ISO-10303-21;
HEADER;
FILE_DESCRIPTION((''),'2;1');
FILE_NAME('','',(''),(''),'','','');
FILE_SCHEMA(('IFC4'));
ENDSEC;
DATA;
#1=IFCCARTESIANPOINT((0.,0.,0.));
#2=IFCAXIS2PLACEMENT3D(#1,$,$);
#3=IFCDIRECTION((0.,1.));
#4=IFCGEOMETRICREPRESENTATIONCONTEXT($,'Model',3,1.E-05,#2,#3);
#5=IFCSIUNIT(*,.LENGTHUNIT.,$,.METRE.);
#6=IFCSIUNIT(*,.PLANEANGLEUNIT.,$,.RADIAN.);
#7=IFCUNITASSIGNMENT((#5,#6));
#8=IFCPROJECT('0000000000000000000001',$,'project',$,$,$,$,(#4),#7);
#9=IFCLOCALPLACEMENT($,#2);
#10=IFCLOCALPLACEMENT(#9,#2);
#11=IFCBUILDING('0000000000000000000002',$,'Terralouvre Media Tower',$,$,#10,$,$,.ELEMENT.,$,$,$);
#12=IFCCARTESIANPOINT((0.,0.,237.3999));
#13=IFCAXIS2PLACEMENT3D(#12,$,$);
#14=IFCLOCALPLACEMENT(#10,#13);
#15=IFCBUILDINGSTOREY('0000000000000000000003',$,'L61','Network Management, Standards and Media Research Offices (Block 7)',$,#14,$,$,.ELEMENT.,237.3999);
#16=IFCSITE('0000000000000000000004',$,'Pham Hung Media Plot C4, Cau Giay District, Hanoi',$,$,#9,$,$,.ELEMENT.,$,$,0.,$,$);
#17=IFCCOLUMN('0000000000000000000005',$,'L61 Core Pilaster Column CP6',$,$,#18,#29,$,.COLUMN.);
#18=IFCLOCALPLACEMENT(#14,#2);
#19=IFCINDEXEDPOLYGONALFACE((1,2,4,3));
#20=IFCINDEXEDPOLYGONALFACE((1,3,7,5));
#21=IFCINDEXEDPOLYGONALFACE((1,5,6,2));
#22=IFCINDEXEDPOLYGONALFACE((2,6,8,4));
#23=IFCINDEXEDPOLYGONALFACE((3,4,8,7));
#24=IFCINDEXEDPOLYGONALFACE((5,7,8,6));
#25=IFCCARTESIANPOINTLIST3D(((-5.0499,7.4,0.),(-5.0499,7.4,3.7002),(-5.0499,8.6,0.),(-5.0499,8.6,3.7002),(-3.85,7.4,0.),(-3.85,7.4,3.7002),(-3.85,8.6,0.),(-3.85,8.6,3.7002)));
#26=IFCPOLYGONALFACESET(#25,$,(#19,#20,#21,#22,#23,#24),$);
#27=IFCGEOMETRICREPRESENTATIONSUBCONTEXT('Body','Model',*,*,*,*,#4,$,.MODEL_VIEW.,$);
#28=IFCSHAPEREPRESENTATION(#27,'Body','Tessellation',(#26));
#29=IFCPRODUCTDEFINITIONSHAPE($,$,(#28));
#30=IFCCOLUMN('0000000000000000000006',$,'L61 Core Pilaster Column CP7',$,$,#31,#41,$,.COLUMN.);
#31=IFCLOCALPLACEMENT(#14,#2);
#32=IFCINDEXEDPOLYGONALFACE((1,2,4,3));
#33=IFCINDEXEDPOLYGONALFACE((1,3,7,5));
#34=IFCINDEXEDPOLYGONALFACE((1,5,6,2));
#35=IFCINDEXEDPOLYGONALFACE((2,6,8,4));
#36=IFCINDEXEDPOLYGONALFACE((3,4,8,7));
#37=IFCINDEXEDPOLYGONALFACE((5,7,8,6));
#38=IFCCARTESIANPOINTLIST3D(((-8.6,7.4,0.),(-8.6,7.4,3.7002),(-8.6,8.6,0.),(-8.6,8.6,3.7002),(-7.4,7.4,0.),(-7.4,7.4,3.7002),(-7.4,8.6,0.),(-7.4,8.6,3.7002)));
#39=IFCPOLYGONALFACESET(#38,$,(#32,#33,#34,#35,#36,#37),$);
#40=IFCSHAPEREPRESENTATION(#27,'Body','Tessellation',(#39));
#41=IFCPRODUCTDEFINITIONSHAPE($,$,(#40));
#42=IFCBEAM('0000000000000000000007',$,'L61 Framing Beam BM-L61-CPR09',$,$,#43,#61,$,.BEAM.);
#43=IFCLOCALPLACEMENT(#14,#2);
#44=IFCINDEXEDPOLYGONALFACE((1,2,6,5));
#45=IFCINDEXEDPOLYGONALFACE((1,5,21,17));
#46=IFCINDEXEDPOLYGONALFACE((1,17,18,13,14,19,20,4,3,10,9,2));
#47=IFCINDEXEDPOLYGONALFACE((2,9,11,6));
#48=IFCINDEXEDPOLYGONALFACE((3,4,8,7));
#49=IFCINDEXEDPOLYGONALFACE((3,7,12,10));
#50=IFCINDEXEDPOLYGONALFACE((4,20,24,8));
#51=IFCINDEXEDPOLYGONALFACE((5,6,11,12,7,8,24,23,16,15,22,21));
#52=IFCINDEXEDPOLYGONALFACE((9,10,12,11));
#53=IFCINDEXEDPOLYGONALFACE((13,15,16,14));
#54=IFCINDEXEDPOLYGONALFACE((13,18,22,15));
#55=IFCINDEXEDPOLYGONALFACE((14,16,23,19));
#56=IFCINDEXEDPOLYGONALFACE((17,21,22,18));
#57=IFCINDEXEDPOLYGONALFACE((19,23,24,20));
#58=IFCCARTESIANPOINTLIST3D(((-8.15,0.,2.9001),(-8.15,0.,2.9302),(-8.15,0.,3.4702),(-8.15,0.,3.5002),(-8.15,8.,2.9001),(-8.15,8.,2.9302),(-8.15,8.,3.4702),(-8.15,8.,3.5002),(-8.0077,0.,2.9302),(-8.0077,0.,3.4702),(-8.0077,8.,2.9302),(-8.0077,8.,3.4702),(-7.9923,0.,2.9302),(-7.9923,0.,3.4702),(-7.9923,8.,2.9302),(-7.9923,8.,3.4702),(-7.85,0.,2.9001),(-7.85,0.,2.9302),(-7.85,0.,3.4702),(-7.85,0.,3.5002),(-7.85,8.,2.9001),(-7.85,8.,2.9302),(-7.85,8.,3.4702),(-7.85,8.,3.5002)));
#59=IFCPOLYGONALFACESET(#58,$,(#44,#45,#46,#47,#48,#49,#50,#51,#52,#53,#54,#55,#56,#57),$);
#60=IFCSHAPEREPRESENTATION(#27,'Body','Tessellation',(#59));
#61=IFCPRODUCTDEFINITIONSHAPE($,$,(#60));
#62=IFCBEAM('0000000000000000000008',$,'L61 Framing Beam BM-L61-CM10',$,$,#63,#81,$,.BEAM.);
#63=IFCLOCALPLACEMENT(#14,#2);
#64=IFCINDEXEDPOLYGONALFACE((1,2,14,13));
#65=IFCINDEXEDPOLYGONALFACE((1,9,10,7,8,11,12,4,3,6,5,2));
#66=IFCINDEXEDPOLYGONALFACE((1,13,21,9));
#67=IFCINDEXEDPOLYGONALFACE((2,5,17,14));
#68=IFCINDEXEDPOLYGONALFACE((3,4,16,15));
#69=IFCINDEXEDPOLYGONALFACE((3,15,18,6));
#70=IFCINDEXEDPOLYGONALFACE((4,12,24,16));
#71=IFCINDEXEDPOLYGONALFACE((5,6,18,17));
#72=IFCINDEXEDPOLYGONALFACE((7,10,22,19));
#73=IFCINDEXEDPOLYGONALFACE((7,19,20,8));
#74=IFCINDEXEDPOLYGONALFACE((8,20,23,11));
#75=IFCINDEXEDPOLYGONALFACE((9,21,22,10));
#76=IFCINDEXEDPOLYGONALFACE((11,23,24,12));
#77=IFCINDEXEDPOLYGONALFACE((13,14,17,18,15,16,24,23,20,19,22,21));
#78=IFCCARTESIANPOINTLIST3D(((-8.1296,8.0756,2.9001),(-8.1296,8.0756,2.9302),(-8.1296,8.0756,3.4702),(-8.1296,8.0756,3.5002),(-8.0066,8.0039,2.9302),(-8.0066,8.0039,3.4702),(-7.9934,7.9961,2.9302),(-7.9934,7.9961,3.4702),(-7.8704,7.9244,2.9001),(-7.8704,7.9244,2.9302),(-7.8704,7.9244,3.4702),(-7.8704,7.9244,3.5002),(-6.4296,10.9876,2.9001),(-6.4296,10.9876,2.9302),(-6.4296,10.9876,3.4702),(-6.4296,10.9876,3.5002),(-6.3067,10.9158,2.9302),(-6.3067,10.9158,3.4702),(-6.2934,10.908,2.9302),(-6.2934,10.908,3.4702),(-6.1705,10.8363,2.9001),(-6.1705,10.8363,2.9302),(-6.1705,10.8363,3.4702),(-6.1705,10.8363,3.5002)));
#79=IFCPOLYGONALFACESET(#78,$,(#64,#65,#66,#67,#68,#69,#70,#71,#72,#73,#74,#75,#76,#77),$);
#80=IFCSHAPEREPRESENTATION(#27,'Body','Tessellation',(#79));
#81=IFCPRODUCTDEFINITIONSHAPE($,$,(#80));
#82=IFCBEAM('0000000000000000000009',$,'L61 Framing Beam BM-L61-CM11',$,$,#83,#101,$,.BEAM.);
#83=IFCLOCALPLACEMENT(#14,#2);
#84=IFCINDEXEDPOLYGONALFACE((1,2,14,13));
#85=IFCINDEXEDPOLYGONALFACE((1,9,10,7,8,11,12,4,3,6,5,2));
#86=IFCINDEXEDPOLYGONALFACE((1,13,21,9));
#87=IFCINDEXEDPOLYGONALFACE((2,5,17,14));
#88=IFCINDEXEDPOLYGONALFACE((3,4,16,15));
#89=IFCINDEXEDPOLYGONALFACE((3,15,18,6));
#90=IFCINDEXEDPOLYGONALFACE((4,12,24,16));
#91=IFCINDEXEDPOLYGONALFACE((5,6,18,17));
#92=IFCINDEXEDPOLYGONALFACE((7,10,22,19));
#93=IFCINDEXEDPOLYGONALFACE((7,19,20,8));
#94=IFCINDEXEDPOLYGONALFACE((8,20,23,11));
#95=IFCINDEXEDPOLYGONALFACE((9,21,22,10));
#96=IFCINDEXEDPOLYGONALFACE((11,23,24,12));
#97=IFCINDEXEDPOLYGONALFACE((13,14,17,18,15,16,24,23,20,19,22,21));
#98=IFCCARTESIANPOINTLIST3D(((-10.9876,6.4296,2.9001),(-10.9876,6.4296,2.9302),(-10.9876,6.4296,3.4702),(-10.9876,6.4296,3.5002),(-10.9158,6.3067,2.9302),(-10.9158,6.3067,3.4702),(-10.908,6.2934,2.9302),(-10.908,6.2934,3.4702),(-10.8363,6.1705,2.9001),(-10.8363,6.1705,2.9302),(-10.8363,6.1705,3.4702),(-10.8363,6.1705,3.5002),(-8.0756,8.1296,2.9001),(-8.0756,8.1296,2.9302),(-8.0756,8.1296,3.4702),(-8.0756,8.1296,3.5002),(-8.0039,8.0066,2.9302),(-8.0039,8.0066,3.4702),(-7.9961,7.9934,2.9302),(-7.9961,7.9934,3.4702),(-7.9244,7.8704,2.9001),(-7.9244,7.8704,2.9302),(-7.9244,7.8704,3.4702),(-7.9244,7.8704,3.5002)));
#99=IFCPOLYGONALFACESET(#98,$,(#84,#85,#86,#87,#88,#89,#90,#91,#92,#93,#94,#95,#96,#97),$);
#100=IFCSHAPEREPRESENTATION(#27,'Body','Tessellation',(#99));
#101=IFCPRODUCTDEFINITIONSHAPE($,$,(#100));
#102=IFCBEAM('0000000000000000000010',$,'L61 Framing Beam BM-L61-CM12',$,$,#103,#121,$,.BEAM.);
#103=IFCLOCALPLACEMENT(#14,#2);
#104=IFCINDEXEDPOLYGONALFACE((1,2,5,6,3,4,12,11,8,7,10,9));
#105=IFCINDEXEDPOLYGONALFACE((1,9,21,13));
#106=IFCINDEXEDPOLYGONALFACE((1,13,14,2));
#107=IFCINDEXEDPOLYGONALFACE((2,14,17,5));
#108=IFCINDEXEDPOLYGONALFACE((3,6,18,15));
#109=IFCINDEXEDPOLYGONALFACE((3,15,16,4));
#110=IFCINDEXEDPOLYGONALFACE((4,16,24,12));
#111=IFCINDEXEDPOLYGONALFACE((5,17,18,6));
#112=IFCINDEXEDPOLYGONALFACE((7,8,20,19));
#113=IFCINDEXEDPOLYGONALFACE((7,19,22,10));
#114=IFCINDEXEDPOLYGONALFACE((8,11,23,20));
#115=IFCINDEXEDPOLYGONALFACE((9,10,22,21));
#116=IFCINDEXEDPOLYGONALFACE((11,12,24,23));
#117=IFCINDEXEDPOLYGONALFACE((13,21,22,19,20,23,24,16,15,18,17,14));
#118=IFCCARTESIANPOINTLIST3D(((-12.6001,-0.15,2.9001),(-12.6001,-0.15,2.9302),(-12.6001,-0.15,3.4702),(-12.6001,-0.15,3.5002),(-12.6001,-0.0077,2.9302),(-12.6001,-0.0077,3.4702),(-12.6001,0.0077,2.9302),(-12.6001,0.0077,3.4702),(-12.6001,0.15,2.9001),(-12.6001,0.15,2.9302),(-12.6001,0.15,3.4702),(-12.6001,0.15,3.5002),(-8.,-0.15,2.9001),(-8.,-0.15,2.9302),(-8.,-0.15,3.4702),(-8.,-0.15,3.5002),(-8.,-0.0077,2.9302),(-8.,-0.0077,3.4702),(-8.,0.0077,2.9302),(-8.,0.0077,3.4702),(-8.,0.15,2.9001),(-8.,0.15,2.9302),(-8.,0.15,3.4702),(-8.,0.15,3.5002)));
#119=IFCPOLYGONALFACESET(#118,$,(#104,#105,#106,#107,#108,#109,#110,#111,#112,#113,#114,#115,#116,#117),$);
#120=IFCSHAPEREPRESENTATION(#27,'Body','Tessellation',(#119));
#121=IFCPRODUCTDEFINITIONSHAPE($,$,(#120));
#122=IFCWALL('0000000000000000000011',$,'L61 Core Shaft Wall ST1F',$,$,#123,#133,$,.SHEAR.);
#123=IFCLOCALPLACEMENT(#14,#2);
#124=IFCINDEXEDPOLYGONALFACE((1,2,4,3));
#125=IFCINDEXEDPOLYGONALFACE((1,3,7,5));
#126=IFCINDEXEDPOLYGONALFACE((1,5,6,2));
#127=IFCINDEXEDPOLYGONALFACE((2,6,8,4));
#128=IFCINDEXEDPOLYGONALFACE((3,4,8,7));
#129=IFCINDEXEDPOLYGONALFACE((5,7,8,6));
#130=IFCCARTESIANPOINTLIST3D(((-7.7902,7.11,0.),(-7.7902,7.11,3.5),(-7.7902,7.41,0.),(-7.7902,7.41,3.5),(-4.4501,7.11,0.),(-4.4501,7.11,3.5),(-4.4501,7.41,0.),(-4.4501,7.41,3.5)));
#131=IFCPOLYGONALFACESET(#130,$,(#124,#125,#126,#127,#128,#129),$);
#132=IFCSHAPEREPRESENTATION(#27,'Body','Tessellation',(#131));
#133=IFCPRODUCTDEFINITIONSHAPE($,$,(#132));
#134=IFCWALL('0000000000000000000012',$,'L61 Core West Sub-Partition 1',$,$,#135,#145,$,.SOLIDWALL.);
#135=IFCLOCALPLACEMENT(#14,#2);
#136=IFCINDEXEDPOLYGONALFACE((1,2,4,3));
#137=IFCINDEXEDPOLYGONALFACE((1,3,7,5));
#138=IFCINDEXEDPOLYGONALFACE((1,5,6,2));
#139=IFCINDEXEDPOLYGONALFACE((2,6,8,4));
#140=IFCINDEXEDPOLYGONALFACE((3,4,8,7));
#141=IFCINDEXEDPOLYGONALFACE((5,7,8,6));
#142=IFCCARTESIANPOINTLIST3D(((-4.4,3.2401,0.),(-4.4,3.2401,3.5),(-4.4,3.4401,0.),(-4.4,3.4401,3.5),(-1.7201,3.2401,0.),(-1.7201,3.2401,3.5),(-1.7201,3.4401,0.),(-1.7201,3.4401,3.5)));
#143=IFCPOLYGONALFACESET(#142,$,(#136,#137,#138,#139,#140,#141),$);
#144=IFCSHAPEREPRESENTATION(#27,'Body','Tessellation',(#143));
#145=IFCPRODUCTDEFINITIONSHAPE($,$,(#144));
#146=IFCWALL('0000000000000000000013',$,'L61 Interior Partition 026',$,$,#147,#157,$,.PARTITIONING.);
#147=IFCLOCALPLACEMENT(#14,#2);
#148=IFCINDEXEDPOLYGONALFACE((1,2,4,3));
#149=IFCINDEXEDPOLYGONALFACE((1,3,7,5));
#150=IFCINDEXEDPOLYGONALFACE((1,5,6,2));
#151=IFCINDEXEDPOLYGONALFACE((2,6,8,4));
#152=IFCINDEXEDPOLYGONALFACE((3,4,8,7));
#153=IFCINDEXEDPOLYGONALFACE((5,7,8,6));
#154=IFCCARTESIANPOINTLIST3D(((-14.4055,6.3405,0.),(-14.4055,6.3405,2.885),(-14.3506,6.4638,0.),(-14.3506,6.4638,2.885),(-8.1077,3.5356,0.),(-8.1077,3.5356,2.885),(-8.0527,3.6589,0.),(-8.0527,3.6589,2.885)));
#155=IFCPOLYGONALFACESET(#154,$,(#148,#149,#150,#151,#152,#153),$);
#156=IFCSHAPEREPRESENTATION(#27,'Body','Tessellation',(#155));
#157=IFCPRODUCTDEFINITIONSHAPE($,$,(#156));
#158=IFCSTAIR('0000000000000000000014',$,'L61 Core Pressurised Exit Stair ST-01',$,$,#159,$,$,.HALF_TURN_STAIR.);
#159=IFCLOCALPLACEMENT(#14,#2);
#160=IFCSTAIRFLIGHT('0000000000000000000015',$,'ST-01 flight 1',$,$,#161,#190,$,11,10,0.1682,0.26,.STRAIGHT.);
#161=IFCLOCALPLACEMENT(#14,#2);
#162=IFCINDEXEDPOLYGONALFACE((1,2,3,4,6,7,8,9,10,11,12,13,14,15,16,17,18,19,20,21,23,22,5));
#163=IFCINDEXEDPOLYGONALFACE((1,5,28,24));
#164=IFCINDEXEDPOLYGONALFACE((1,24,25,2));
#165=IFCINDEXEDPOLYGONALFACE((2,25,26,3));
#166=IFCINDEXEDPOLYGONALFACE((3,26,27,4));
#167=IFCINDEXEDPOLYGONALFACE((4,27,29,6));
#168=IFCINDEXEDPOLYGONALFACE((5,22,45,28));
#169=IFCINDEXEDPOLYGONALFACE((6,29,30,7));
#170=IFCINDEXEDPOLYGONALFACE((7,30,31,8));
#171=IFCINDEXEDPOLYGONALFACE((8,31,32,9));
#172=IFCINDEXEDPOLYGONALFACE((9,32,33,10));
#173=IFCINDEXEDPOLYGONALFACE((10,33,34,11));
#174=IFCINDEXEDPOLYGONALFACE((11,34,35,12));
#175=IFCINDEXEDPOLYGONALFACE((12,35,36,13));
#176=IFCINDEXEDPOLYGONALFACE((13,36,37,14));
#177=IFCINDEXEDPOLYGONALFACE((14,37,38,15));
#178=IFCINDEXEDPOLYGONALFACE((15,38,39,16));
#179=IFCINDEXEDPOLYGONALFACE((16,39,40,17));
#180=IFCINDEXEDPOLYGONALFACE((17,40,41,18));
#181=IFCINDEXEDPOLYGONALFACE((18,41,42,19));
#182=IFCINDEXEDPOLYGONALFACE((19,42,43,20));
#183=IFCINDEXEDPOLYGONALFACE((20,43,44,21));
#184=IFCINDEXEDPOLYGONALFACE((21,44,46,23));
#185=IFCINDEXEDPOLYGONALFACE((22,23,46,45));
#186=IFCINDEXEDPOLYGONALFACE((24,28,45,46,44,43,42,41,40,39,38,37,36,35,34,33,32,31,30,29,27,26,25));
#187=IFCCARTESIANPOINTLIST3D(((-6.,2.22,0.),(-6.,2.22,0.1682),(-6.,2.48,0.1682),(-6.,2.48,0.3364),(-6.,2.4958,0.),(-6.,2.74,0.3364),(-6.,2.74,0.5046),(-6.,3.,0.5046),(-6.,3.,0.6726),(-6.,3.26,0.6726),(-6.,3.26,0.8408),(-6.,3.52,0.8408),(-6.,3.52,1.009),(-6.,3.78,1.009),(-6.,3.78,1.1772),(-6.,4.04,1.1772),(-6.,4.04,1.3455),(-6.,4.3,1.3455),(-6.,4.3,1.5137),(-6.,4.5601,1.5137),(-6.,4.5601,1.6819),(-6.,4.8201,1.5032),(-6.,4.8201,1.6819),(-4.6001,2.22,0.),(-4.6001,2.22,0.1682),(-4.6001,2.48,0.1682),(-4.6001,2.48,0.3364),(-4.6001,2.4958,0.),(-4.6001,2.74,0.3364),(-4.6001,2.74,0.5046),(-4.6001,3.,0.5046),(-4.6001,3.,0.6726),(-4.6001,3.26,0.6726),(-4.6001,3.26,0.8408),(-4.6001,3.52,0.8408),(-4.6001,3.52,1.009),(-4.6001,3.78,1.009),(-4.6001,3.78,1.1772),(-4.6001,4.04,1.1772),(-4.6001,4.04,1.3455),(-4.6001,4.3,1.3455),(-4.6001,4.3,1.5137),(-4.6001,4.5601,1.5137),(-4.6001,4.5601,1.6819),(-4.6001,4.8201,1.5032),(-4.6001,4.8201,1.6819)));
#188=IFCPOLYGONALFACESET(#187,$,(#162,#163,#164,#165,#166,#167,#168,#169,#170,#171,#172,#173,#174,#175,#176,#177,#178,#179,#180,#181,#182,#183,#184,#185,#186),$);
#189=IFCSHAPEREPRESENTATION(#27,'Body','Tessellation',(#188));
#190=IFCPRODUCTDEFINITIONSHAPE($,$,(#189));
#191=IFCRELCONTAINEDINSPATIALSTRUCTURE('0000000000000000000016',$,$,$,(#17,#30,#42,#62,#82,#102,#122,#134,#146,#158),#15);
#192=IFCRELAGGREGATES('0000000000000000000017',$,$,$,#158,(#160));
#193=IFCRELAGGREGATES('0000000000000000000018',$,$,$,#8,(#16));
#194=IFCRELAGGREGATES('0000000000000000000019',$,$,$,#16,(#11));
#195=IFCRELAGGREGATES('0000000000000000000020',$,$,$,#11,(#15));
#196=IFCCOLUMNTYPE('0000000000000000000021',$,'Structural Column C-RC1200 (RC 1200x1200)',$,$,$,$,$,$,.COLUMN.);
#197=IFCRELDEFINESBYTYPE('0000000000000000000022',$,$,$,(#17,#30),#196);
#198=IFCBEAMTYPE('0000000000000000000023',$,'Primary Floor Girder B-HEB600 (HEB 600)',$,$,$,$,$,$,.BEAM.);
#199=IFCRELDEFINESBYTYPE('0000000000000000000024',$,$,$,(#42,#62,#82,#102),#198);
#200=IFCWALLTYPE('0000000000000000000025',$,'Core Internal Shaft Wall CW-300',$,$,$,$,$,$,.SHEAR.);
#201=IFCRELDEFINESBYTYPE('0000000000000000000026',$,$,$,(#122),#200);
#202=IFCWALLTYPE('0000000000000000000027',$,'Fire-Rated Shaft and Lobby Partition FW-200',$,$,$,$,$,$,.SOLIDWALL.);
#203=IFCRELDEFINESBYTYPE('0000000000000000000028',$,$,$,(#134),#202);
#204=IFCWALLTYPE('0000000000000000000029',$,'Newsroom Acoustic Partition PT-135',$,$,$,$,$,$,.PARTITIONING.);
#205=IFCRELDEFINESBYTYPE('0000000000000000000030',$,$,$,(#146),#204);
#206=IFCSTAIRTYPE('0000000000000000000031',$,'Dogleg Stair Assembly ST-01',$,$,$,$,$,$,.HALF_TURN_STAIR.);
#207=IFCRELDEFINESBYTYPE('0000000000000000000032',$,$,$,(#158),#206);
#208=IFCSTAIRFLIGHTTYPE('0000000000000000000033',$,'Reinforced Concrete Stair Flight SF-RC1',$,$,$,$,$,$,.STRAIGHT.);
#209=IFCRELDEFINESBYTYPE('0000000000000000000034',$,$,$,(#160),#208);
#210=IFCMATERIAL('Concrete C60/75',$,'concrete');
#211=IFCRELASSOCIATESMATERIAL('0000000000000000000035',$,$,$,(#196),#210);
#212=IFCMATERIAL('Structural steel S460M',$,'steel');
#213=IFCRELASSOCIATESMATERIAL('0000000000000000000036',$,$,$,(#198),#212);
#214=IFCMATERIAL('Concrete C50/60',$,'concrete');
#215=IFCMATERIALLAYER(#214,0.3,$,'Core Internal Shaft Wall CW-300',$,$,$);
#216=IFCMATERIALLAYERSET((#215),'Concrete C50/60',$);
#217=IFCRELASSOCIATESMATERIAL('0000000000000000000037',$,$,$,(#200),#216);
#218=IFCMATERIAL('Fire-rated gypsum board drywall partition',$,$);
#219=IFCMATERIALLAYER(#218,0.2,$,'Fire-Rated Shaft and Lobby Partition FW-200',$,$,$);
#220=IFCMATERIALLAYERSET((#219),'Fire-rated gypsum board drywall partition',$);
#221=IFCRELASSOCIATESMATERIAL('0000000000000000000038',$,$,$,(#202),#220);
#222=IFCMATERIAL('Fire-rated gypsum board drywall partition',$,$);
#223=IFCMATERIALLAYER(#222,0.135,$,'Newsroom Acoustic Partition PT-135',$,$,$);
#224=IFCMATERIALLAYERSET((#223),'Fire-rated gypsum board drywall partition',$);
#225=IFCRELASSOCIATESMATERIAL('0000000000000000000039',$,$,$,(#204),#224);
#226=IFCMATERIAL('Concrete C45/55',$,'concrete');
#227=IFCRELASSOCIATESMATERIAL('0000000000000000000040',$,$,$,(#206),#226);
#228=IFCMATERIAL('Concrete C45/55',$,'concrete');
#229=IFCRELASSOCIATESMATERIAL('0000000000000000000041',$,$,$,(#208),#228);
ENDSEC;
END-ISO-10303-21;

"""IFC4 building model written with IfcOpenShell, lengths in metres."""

from ifc_helpers import new_model, si_unit, direction, frame, frame_2d, origin, origin_2d, place, context, subcontext, project, spatial, polyline, rectangle, i_section, outline, extrude, material, layer, layer_set, material_profile, profile_set, type_object, element, aggregate, save


model = new_model("IFC4")

# Units and contexts
model_context = context("Model", 3, precision=1e-05, world=origin(), true_north=direction((0.0, 1.0)))
body_context = subcontext(model_context, "Body", "Model", "MODEL_VIEW")
ifc_project = project(units=[si_unit("LENGTHUNIT", "METRE"), si_unit("PLANEANGLEUNIT", "RADIAN")], contexts=[model_context])

# Site, building, storey
site_placement = place(None, origin())
site = spatial("IfcSite", under=ifc_project, at=site_placement, Name="Pham Hung Media Plot C4, Cau Giay District, Hanoi", CompositionType="ELEMENT", RefElevation=0.0)
building_placement = place(site_placement, origin())
building = spatial("IfcBuilding", under=site, at=building_placement, Name="Terralouvre Media Tower", CompositionType="ELEMENT")
storey_placement = place(building_placement, frame((0.0, 0.0, 237.3999)))
storey = spatial("IfcBuildingStorey", under=building, at=storey_placement, Name="L61", Description="Network Management, Standards and Media Research Offices (Block 7)", CompositionType="ELEMENT", Elevation=237.3999)

# Columns
ifc_material_1 = material(Name="Concrete C60/75", Category="concrete")
ifc_material_profile_1 = material_profile(ifc_material_1, rectangle(XDim=1.2, YDim=1.2, at=origin_2d()), Name="RC 1200x1200")
ifc_profile_set_1 = profile_set([ifc_material_profile_1], Name="Concrete C60/75")
column_type = type_object("IfcColumnType", Name="Structural Column C-RC1200 (RC 1200x1200)", PredefinedType="COLUMN", material=ifc_profile_set_1)
for number, where, z_axis, x_axis, name in (
    (1, (-4.45, 8.0, 0.0), (0.0, 0.0, 1.0), (1.0, 0.0, 0.0), "L61 Core Pilaster Column CP6"),
    (2, (-8.0, 8.0, 0.0), (0.0, 0.0, 1.0), (1.0, 0.0, 0.0), "L61 Core Pilaster Column CP7"),
):
    element("IfcColumn", number, at=place(storey_placement, frame(where, z_axis=z_axis, x_axis=x_axis)), inside=storey, type_object=column_type, Name=name, PredefinedType="COLUMN", context=body_context, shape_type="SweptSolid", body=[
        extrude(rectangle(XDim=1.2, YDim=1.2, at=origin_2d()), origin(), (0.0, 0.0, 1.0), 3.7002),
    ])

# Beams
ifc_material_2 = material(Name="Structural steel S460M", Category="steel")
ifc_material_profile_2 = material_profile(ifc_material_2, i_section(OverallWidth=0.3, OverallDepth=0.6001, WebThickness=0.0154, FlangeThickness=0.03, at=origin_2d()), Name="HEB 600")
ifc_profile_set_2 = profile_set([ifc_material_profile_2], Name="Structural steel S460M")
beam_type = type_object("IfcBeamType", Name="Primary Floor Girder B-HEB600 (HEB 600)", PredefinedType="BEAM", material=ifc_profile_set_2)
beam_1_placement = place(storey_placement, frame((-8.0, 8.0, 3.2002), z_axis=(0.0, -1.0, 0.0), x_axis=(1.0, 0.0, 0.0)))
element("IfcBeam", 3, at=beam_1_placement, inside=storey, type_object=beam_type, Name="L61 Framing Beam BM-L61-CPR09", PredefinedType="BEAM", context=body_context, shape_type="SweptSolid", body=[
    extrude(i_section(OverallWidth=0.3, OverallDepth=0.6001, WebThickness=0.0154, FlangeThickness=0.03, at=origin_2d()), origin(), (0.0, 0.0, 1.0), 8.0),
])
for number, where, z_axis, x_axis, name in (
    (4, (-8.0, 8.0, 3.2002), (0.504173, 0.863603, 0.0), (-0.863603, 0.504173, 0.0), "L61 Framing Beam BM-L61-CM10"),
    (5, (-8.0, 8.0, 3.2002), (-0.863603, -0.504173, 0.0), (0.504173, -0.863603, 0.0), "L61 Framing Beam BM-L61-CM11"),
):
    element("IfcBeam", number, at=place(storey_placement, frame(where, z_axis=z_axis, x_axis=x_axis)), inside=storey, type_object=beam_type, Name=name, PredefinedType="BEAM", context=body_context, shape_type="SweptSolid", body=[
        extrude(i_section(OverallWidth=0.3, OverallDepth=0.6001, WebThickness=0.0154, FlangeThickness=0.03, at=origin_2d()), origin(), (0.0, 0.0, 1.0), 3.3718),
    ])
beam_2_placement = place(storey_placement, frame((-8.0, 0.0, 3.2002), z_axis=(-1.0, 0.0, 0.0), x_axis=(0.0, -1.0, 0.0)))
element("IfcBeam", 6, at=beam_2_placement, inside=storey, type_object=beam_type, Name="L61 Framing Beam BM-L61-CM12", PredefinedType="BEAM", context=body_context, shape_type="SweptSolid", body=[
    extrude(i_section(OverallWidth=0.3, OverallDepth=0.6001, WebThickness=0.0154, FlangeThickness=0.03, at=origin_2d()), origin(), (0.0, 0.0, 1.0), 4.6001),
])

# Shared definitions
ifc_material_3 = material(Name="Concrete C50/60", Category="concrete")
ifc_layer_1 = layer(ifc_material_3, 0.3, Name="Core Internal Shaft Wall CW-300")
ifc_layer_set_1 = layer_set([ifc_layer_1], Name="Concrete C50/60")
wall_type_1 = type_object("IfcWallType", Name="Core Internal Shaft Wall CW-300", PredefinedType="SHEAR", material=ifc_layer_set_1)

# Wall
wall_1_placement = place(storey_placement, frame((-7.79, 7.26, 0.0), z_axis=(0.0, 0.0, 1.0), x_axis=(1.0, 0.0, 0.0)))
element("IfcWall", 7, at=wall_1_placement, inside=storey, type_object=wall_type_1, Name="L61 Core Shaft Wall ST1F", PredefinedType="SHEAR", context=body_context, shape_type="SweptSolid", body=[
    extrude(rectangle(XDim=3.3401, YDim=0.3, at=frame_2d((1.6699, 0.0))), origin(), (0.0, 0.0, 1.0), 3.5),
])

# Walls
ifc_material_4 = material(Name="Fire-rated gypsum board drywall partition")
ifc_layer_2 = layer(ifc_material_4, 0.2, Name="Fire-Rated Shaft and Lobby Partition FW-200")
ifc_layer_set_2 = layer_set([ifc_layer_2], Name="Fire-rated gypsum board drywall partition")
wall_type_2 = type_object("IfcWallType", Name="Fire-Rated Shaft and Lobby Partition FW-200", PredefinedType="SOLIDWALL", material=ifc_layer_set_2)
wall_2_placement = place(storey_placement, frame((-4.3999, 3.3401, 0.0), z_axis=(0.0, 0.0, 1.0), x_axis=(1.0, 0.0, 0.0)))
element("IfcWall", 8, at=wall_2_placement, inside=storey, type_object=wall_type_2, Name="L61 Core West Sub-Partition 1", PredefinedType="SOLIDWALL", context=body_context, shape_type="SweptSolid", body=[
    extrude(rectangle(XDim=2.6799, YDim=0.2, at=frame_2d((1.3398, 0.0))), origin(), (0.0, 0.0, 1.0), 3.5),
])
ifc_material_5 = material(Name="Fire-rated gypsum board drywall partition")
ifc_layer_3 = layer(ifc_material_5, 0.135, Name="Newsroom Acoustic Partition PT-135")
ifc_layer_set_3 = layer_set([ifc_layer_3], Name="Fire-rated gypsum board drywall partition")
wall_type_3 = type_object("IfcWallType", Name="Newsroom Acoustic Partition PT-135", PredefinedType="PARTITIONING", material=ifc_layer_set_3)
wall_3_placement = place(storey_placement, frame((-8.0801, 3.5972, 0.0), z_axis=(0.0, 0.0, 1.0), x_axis=(-0.913494, 0.406851, 0.0)))
element("IfcWall", 9, at=wall_3_placement, inside=storey, type_object=wall_type_3, Name="L61 Interior Partition 026", PredefinedType="PARTITIONING", context=body_context, shape_type="SweptSolid", body=[
    extrude(rectangle(XDim=6.8943, YDim=0.135, at=frame_2d((3.4473, 0.0))), origin(), (0.0, 0.0, 1.0), 2.885),
])

# Stair, stair flight
ifc_material_6 = material(Name="Concrete C45/55", Category="concrete")
stair_type = type_object("IfcStairType", Name="Dogleg Stair Assembly ST-01", PredefinedType="HALF_TURN_STAIR", material=ifc_material_6)
stair_placement = place(storey_placement, origin())
stair = element("IfcStair", 10, at=stair_placement, inside=storey, type_object=stair_type, Name="L61 Core Pressurised Exit Stair ST-01", PredefinedType="HALF_TURN_STAIR")
ifc_material_7 = material(Name="Concrete C45/55", Category="concrete")
stair_flight_type = type_object("IfcStairFlightType", Name="Reinforced Concrete Stair Flight SF-RC1", PredefinedType="STRAIGHT", material=ifc_material_7)
stair_flight_1_placement = place(storey_placement, frame((-5.3, 2.22, 0.0), z_axis=(0.0, 0.0, 1.0), x_axis=(0.0, 1.0, 0.0)))
stair_flight_1 = element("IfcStairFlight", 11, at=stair_flight_1_placement, type_object=stair_flight_type, Name="ST-01 flight 1", NumberOfRisers=11, NumberOfTreads=10, PredefinedType="STRAIGHT", RiserHeight=0.1682, TreadLength=0.26, context=body_context, shape_type="SweptSolid", body=[
    extrude(outline(polyline([(0.0, 0.0), (0.0, 0.1682), (0.26, 0.1682), (0.26, 0.3364), (0.52, 0.3364), (0.52, 0.5046), (0.78, 0.5046), (0.78, 0.6726), (1.04, 0.6726), (1.04, 0.8408), (1.3, 0.8408), (1.3, 1.009), (1.5601, 1.009), (1.5601, 1.1772), (1.8201, 1.1772), (1.8201, 1.3455), (2.0801, 1.3455), (2.0801, 1.5137), (2.3401, 1.5137), (2.3401, 1.6819), (2.6001, 1.6819), (2.6001, 1.8501), (2.6001, 1.5032), (0.2759, 0.0), (0.0, 0.0)])), frame((0.0, 0.7, 0.0), z_axis=(0.0, -1.0, 0.0), x_axis=(1.0, 0.0, 0.0)), (0.0, 0.0, 1.0), 1.3999),
])
aggregate(stair, [stair_flight_1])

save(model, "model.ifc")
